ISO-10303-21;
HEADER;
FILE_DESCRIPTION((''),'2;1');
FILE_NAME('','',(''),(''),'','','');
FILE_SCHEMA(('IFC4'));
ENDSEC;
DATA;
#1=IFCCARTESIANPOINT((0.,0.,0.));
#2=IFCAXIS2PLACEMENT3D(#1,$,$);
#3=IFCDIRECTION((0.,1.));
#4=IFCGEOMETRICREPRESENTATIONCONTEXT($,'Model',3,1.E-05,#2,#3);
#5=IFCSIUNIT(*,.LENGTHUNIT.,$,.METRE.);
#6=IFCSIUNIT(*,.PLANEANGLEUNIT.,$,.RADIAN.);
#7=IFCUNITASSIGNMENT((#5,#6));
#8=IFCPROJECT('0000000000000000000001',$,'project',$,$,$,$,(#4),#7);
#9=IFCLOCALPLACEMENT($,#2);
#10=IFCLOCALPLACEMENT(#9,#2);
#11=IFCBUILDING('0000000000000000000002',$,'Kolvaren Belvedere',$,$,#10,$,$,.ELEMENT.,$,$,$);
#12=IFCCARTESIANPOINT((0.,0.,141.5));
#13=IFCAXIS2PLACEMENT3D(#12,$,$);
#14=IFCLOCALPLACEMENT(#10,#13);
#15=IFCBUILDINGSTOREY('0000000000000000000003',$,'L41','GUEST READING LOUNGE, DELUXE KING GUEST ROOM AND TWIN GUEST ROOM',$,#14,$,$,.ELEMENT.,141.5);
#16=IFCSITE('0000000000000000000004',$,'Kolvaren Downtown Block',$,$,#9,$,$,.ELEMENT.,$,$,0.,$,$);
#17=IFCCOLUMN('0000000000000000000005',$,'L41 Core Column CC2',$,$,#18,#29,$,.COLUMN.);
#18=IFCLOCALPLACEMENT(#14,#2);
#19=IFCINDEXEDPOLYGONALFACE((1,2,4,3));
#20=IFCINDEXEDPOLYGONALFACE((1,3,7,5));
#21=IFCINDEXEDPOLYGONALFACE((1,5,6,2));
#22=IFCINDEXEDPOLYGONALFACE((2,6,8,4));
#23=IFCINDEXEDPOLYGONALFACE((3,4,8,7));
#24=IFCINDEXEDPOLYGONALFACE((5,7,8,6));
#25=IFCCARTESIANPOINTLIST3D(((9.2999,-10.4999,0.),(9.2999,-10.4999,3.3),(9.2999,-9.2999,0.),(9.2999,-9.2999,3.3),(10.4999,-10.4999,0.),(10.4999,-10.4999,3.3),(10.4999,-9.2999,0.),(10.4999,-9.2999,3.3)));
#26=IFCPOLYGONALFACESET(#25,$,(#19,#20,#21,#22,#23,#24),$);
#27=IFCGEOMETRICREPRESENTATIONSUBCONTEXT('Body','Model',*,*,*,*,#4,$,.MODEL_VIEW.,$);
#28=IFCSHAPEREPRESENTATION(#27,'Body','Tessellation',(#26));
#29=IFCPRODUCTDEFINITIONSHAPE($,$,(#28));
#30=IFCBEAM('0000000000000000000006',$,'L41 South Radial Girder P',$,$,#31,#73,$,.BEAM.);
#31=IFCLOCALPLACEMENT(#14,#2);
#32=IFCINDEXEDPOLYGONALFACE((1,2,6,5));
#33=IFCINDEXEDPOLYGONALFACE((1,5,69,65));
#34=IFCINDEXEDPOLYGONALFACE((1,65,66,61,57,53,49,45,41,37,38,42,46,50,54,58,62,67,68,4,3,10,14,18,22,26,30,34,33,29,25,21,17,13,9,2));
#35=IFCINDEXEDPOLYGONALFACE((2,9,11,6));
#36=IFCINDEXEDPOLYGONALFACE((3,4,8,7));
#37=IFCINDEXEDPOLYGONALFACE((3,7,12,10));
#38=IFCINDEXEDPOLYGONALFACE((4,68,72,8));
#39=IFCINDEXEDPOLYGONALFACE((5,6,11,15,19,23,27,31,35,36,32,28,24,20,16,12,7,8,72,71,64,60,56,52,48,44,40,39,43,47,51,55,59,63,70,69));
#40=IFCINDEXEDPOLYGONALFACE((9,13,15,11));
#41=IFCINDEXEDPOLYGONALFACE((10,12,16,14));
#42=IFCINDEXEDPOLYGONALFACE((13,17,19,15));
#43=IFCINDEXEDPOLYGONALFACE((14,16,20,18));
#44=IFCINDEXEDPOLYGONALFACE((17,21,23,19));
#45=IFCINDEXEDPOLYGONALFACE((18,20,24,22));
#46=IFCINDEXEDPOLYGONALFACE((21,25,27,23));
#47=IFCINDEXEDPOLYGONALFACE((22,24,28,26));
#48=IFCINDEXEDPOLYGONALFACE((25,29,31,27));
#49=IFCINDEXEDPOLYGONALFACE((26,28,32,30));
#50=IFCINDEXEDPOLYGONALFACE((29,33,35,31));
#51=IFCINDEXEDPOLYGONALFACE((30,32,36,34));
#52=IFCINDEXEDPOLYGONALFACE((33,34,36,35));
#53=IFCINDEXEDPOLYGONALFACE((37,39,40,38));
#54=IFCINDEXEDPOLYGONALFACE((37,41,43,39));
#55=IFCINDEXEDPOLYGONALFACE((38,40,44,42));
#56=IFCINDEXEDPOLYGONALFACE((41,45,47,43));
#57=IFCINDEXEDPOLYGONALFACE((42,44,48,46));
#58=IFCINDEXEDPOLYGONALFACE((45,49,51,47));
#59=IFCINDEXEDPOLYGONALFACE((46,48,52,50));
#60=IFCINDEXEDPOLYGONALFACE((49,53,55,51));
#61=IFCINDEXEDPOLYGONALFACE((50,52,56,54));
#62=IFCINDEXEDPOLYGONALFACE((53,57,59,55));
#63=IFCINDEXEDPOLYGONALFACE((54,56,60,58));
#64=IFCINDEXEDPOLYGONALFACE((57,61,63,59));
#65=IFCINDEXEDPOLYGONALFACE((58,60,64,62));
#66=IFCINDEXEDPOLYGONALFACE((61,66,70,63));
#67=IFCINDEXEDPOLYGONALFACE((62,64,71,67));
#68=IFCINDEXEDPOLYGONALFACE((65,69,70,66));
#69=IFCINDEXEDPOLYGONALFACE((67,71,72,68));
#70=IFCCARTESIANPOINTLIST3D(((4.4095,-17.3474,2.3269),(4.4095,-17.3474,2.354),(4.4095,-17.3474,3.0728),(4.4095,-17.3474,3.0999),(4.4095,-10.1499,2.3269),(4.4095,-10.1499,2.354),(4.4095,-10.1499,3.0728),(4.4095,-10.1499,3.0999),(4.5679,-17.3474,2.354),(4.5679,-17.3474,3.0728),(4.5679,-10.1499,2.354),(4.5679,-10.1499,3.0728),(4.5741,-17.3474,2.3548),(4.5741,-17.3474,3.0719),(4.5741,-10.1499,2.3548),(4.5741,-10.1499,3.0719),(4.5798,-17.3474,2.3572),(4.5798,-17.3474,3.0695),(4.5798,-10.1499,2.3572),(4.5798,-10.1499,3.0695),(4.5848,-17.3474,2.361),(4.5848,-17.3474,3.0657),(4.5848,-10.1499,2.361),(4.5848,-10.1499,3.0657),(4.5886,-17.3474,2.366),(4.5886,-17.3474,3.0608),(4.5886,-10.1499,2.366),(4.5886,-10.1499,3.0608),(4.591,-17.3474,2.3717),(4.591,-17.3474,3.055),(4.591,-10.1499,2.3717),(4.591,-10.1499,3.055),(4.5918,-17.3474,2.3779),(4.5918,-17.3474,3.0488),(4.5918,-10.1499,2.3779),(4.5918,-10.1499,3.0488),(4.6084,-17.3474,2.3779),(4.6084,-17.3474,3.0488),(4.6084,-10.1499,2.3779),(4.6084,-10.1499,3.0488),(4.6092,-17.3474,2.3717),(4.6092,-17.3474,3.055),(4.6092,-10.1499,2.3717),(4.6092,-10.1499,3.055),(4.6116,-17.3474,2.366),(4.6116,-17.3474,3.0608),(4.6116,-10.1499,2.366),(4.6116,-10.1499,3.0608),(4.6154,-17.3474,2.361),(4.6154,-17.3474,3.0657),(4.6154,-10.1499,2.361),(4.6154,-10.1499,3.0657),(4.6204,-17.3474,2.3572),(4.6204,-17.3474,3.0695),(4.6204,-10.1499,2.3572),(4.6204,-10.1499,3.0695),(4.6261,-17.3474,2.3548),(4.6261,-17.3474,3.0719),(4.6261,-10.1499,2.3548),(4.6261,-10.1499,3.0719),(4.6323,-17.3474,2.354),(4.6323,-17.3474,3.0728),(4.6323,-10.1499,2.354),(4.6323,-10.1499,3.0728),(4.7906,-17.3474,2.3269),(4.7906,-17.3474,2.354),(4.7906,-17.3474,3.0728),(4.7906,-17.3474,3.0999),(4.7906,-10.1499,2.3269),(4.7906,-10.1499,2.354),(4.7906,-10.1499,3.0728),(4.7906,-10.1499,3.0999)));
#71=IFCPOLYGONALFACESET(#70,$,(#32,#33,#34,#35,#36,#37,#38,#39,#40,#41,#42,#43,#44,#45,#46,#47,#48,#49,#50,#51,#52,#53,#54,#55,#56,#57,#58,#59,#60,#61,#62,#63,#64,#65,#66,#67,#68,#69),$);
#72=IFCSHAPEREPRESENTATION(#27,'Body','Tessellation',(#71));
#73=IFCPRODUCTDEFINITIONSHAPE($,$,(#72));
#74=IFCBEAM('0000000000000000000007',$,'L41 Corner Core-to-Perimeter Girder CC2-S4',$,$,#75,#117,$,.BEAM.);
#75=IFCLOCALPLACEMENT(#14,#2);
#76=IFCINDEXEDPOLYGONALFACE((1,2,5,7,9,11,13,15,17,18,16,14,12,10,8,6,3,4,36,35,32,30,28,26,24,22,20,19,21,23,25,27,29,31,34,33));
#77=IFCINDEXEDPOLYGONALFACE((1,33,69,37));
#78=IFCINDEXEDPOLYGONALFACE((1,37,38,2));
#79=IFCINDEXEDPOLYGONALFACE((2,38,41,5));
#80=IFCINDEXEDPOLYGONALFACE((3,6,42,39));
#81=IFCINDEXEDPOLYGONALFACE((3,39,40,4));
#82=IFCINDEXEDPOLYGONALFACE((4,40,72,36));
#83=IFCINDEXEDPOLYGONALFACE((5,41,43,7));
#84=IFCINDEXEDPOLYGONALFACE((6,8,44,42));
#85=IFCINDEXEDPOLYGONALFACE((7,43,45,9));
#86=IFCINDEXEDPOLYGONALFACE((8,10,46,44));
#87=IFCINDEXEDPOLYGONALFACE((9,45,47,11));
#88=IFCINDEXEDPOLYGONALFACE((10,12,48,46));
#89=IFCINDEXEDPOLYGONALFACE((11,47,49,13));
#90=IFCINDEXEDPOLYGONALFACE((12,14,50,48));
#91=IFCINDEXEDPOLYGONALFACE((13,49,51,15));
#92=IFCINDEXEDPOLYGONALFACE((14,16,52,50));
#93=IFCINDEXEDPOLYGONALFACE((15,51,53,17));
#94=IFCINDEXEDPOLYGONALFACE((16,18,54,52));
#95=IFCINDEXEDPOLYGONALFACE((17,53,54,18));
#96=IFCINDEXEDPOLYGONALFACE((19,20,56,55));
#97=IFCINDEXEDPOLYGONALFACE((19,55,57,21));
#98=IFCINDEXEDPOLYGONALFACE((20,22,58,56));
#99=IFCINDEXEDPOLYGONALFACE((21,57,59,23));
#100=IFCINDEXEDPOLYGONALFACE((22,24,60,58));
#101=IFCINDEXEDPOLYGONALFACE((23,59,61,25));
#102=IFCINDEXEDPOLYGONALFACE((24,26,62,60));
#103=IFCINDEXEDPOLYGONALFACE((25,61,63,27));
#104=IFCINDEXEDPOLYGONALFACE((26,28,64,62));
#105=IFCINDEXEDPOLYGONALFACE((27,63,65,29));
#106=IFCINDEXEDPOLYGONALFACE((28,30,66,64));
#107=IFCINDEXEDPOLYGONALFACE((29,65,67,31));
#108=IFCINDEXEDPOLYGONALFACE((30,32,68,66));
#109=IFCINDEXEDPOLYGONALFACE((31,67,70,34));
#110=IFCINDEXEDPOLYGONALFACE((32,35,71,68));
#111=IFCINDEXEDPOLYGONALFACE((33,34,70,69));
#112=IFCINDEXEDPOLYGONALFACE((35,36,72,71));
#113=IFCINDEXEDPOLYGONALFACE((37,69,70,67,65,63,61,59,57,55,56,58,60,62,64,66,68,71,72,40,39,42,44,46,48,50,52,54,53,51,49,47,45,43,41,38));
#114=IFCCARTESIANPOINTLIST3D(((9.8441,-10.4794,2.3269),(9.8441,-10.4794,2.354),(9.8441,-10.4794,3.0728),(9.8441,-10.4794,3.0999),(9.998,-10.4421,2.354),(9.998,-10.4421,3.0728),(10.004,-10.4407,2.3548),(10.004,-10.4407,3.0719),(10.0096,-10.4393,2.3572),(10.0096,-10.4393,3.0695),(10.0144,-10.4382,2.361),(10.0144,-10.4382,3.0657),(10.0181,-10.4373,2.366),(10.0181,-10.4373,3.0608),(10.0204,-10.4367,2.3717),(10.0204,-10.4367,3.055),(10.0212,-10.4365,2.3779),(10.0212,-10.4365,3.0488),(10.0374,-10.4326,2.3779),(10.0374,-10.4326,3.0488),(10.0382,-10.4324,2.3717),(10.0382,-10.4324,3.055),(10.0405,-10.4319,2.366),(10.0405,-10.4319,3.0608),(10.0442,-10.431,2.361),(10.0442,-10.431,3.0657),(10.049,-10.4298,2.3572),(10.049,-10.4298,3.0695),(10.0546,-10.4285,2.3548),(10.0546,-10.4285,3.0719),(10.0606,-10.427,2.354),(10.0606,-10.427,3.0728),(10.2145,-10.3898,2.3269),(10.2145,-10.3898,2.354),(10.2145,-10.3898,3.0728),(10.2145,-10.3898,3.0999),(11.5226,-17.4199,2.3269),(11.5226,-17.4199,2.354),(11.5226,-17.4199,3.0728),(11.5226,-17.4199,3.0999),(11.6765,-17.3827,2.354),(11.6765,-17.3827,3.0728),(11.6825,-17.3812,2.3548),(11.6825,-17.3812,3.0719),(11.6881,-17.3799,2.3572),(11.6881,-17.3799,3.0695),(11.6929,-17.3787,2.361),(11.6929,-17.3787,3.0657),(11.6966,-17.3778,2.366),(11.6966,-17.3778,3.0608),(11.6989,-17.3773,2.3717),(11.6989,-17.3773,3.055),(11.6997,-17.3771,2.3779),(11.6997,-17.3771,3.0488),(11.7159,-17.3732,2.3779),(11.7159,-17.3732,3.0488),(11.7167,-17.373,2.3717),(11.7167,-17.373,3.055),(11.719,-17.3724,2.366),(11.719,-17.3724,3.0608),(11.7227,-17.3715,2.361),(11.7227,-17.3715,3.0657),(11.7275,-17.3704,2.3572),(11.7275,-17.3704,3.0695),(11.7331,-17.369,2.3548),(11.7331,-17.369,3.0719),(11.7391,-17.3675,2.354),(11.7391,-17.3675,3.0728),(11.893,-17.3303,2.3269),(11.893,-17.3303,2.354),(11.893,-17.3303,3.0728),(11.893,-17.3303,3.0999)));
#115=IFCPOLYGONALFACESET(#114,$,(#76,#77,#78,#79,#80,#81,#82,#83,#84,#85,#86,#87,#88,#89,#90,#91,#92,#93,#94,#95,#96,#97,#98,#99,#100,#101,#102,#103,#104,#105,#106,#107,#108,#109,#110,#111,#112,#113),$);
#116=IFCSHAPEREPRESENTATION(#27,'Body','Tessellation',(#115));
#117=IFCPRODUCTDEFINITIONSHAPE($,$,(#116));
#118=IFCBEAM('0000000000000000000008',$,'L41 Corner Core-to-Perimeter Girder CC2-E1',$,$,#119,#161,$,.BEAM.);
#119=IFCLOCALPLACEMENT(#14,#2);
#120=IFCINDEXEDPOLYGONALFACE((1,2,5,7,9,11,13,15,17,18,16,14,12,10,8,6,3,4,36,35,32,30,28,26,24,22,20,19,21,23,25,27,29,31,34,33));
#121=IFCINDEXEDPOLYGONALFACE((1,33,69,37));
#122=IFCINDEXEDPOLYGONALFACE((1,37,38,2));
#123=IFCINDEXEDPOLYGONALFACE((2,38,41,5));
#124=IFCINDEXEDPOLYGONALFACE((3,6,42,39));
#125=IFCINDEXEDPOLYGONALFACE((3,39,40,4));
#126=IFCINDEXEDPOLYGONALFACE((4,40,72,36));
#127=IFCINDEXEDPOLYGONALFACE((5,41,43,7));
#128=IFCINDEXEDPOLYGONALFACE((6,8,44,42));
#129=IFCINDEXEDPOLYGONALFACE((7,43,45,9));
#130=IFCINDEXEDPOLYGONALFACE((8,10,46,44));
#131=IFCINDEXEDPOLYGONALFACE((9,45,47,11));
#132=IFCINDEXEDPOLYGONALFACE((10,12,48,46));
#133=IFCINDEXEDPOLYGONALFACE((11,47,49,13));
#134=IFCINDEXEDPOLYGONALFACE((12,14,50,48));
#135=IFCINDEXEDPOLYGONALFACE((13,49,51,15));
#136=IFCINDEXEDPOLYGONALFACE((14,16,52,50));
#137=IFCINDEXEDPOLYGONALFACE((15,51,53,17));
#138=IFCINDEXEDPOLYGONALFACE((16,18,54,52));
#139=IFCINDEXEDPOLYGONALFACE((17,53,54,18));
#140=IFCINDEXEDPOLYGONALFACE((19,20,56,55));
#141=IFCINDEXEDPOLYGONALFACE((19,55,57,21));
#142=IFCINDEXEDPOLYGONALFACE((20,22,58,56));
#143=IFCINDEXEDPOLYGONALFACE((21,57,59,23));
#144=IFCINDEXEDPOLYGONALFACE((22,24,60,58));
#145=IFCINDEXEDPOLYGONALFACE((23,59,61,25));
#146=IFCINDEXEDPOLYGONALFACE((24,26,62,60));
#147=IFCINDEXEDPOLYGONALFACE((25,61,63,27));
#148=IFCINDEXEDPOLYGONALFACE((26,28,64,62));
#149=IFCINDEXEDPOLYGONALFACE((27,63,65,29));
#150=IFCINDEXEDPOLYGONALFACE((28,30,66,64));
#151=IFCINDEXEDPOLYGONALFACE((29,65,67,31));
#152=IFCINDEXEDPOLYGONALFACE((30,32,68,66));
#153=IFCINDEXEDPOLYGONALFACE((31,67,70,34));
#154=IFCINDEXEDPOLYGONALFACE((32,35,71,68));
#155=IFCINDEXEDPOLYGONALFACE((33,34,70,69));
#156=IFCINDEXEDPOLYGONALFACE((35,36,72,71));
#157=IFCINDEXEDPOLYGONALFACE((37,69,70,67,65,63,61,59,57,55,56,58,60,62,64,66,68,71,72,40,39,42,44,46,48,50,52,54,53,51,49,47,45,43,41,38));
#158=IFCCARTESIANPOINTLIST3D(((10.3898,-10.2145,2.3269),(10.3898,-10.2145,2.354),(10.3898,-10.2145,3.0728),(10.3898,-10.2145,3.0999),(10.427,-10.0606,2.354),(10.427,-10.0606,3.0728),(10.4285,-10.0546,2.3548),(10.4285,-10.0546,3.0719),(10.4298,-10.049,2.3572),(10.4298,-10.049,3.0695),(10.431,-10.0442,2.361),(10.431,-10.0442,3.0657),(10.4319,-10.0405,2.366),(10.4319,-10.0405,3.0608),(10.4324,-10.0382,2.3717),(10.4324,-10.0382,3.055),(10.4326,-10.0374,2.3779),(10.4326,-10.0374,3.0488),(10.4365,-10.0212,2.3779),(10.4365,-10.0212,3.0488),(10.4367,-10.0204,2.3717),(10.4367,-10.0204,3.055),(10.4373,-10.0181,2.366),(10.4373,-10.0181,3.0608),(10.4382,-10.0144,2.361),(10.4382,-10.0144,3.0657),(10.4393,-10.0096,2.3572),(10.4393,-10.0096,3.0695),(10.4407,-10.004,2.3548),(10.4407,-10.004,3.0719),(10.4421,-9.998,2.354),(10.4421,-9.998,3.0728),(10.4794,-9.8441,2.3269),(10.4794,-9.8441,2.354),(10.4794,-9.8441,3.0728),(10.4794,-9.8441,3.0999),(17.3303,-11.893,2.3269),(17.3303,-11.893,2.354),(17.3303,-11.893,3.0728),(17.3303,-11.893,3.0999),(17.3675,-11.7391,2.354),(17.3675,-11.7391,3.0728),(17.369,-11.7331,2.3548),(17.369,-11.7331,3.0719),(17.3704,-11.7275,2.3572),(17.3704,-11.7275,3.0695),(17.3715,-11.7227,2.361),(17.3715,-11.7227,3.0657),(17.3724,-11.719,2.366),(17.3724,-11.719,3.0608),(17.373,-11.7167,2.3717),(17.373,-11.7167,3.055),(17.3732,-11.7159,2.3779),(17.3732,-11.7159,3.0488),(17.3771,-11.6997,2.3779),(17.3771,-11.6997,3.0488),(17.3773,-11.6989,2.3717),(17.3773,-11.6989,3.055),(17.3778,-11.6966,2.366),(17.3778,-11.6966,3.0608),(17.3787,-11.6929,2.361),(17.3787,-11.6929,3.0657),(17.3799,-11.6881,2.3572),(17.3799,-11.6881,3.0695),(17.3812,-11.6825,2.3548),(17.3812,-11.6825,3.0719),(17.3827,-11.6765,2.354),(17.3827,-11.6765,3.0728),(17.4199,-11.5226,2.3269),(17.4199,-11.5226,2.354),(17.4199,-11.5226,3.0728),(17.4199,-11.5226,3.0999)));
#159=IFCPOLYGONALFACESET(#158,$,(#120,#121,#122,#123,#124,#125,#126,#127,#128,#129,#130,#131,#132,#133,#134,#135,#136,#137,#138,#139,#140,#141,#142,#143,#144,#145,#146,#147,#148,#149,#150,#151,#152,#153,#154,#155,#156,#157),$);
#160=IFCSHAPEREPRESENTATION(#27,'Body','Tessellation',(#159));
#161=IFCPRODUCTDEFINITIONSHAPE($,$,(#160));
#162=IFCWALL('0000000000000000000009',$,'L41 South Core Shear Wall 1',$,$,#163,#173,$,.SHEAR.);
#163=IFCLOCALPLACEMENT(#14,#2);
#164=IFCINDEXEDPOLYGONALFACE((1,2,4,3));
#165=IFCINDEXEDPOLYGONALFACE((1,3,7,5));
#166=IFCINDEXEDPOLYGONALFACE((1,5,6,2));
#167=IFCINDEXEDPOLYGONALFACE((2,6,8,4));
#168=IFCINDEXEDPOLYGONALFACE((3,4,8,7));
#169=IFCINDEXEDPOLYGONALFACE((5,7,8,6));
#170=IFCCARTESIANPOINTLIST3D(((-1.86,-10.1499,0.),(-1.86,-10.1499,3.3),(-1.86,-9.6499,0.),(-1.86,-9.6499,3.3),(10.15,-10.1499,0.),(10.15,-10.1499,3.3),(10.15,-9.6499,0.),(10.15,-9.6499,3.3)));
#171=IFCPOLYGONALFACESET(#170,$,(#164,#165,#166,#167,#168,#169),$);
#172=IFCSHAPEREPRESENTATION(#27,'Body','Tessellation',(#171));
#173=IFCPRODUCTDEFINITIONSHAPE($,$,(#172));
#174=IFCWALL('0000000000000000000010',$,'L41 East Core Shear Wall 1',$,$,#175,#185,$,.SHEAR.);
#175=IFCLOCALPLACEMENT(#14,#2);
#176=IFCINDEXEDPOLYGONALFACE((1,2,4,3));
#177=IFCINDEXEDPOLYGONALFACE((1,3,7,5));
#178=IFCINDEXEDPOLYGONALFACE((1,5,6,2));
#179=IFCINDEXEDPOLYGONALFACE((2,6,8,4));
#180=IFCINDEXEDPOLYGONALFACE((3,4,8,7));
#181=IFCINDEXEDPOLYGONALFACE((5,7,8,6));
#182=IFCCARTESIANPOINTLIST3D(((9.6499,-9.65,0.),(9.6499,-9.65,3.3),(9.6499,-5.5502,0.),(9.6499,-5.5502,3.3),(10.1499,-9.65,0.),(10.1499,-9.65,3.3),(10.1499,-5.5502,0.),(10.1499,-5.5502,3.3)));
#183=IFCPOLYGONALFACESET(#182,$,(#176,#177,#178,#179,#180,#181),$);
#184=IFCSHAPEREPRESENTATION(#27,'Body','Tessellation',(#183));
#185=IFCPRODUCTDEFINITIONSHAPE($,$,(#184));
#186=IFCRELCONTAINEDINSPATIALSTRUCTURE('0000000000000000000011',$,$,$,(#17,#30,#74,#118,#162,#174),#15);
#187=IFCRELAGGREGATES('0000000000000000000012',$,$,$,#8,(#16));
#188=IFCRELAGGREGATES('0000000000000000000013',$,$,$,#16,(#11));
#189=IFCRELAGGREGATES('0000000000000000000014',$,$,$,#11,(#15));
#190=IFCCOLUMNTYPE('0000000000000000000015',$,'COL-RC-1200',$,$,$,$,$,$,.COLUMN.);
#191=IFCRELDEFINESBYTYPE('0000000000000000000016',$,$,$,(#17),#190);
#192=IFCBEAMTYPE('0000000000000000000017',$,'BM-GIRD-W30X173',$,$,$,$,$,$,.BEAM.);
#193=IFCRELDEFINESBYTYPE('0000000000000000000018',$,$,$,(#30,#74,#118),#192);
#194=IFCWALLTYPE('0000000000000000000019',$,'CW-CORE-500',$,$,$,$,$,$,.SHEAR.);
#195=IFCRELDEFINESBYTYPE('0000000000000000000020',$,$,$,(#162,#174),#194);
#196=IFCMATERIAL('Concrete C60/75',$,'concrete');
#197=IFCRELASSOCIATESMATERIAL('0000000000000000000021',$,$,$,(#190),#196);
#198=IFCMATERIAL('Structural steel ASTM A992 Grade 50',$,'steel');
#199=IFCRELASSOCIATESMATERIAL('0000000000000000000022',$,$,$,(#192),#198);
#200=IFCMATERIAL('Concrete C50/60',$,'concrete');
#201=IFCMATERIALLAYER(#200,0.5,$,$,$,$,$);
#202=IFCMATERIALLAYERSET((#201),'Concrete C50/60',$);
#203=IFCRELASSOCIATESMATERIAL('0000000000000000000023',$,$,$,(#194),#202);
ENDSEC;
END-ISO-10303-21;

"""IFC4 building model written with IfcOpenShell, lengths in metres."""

from ifc_helpers import new_model, si_unit, direction, frame, frame_2d, origin, origin_2d, place, context, subcontext, project, spatial, rectangle, i_section, extrude, material, layer, layer_set, material_profile, profile_set, type_object, element, save


model = new_model("IFC4")

# Units and contexts
model_context = context("Model", 3, precision=1e-05, world=origin(), true_north=direction((0.0, 1.0)))
body_context = subcontext(model_context, "Body", "Model", "MODEL_VIEW")
ifc_project = project(units=[si_unit("LENGTHUNIT", "METRE"), si_unit("PLANEANGLEUNIT", "RADIAN")], contexts=[model_context])

# Site, building, storey
site_placement = place(None, origin())
site = spatial("IfcSite", under=ifc_project, at=site_placement, Name="Kolvaren Downtown Block", CompositionType="ELEMENT", RefElevation=0.0)
building_placement = place(site_placement, origin())
building = spatial("IfcBuilding", under=site, at=building_placement, Name="Kolvaren Belvedere", CompositionType="ELEMENT")
storey_placement = place(building_placement, frame((0.0, 0.0, 141.5)))
storey = spatial("IfcBuildingStorey", under=building, at=storey_placement, Name="L41", Description="GUEST READING LOUNGE, DELUXE KING GUEST ROOM AND TWIN GUEST ROOM", CompositionType="ELEMENT", Elevation=141.5)

# Column
ifc_material_1 = material(Name="Concrete C60/75", Category="concrete")
ifc_material_profile_1 = material_profile(ifc_material_1, rectangle(XDim=1.2, YDim=1.2, at=origin_2d()), Name="RC 1200X1200")
ifc_profile_set_1 = profile_set([ifc_material_profile_1], Name="Concrete C60/75")
column_type = type_object("IfcColumnType", Name="COL-RC-1200", PredefinedType="COLUMN", material=ifc_profile_set_1)
column_placement = place(storey_placement, frame((9.8999, -9.8999, 0.0), z_axis=(0.0, 0.0, 1.0), x_axis=(1.0, 0.0, 0.0)))
element("IfcColumn", 1, at=column_placement, inside=storey, type_object=column_type, Name="L41 Core Column CC2", PredefinedType="COLUMN", context=body_context, shape_type="SweptSolid", body=[
    extrude(rectangle(XDim=1.2, YDim=1.2, at=origin_2d()), origin(), (0.0, 0.0, 1.0), 3.3),
])

# Beams
ifc_material_2 = material(Name="Structural steel ASTM A992 Grade 50", Category="steel")
ifc_material_profile_2 = material_profile(ifc_material_2, i_section(OverallWidth=0.3811, OverallDepth=0.7729, WebThickness=0.0166, FlangeThickness=0.0271, FilletRadius=0.0239, at=origin_2d()), Name="W30X173")
ifc_profile_set_2 = profile_set([ifc_material_profile_2], Name="Structural steel ASTM A992 Grade 50")
beam_type = type_object("IfcBeamType", Name="BM-GIRD-W30X173", PredefinedType="BEAM", material=ifc_profile_set_2)
beam_placement = place(storey_placement, frame((4.6001, -10.1499, 2.7134), z_axis=(0.0, -1.0, 0.0), x_axis=(1.0, 0.0, 0.0)))
element("IfcBeam", 2, at=beam_placement, inside=storey, type_object=beam_type, Name="L41 South Radial Girder P", PredefinedType="BEAM", context=body_context, shape_type="SweptSolid", body=[
    extrude(i_section(OverallWidth=0.3811, OverallDepth=0.7729, WebThickness=0.0166, FlangeThickness=0.0271, FilletRadius=0.0239, at=origin_2d()), origin(), (0.0, 0.0, 1.0), 7.1975),
])
for number, where, z_axis, x_axis, name in (
    (3, (10.0293, -10.4346, 2.7134), (0.235063, -0.97198, 0.0), (0.97198, 0.235063, 0.0), "L41 Corner Core-to-Perimeter Girder CC2-S4"),
    (4, (10.4346, -10.0293, 2.7134), (0.97198, -0.235063, 0.0), (0.235063, 0.97198, 0.0), "L41 Corner Core-to-Perimeter Girder CC2-E1"),
):
    element("IfcBeam", number, at=place(storey_placement, frame(where, z_axis=z_axis, x_axis=x_axis)), inside=storey, type_object=beam_type, Name=name, PredefinedType="BEAM", context=body_context, shape_type="SweptSolid", body=[
        extrude(i_section(OverallWidth=0.3811, OverallDepth=0.7729, WebThickness=0.0166, FlangeThickness=0.0271, FilletRadius=0.0239, at=origin_2d()), origin(), (0.0, 0.0, 1.0), 7.1406),
    ])

# Walls
ifc_material_3 = material(Name="Concrete C50/60", Category="concrete")
ifc_layer_1 = layer(ifc_material_3, 0.5)
ifc_layer_set_1 = layer_set([ifc_layer_1], Name="Concrete C50/60")
wall_type_1 = type_object("IfcWallType", Name="CW-CORE-500", PredefinedType="SHEAR", material=ifc_layer_set_1)
wall_1_placement = place(storey_placement, frame((10.1499, -9.8999, 0.0), z_axis=(0.0, 0.0, 1.0), x_axis=(-1.0, 0.0, 0.0)))
element("IfcWall", 5, at=wall_1_placement, inside=storey, type_object=wall_type_1, Name="L41 South Core Shear Wall 1", PredefinedType="SHEAR", context=body_context, shape_type="SweptSolid", body=[
    extrude(rectangle(XDim=12.01, YDim=0.5, at=frame_2d((6.0049, 0.0))), origin(), (0.0, 0.0, 1.0), 3.3),
])
wall_2_placement = place(storey_placement, frame((9.8999, -9.6499, 0.0), z_axis=(0.0, 0.0, 1.0), x_axis=(0.0, 1.0, 0.0)))
element("IfcWall", 6, at=wall_2_placement, inside=storey, type_object=wall_type_1, Name="L41 East Core Shear Wall 1", PredefinedType="SHEAR", context=body_context, shape_type="SweptSolid", body=[
    extrude(rectangle(XDim=4.0999, YDim=0.5, at=frame_2d((2.0498, 0.0))), origin(), (0.0, 0.0, 1.0), 3.3),
])

save(model, "model.ifc")
